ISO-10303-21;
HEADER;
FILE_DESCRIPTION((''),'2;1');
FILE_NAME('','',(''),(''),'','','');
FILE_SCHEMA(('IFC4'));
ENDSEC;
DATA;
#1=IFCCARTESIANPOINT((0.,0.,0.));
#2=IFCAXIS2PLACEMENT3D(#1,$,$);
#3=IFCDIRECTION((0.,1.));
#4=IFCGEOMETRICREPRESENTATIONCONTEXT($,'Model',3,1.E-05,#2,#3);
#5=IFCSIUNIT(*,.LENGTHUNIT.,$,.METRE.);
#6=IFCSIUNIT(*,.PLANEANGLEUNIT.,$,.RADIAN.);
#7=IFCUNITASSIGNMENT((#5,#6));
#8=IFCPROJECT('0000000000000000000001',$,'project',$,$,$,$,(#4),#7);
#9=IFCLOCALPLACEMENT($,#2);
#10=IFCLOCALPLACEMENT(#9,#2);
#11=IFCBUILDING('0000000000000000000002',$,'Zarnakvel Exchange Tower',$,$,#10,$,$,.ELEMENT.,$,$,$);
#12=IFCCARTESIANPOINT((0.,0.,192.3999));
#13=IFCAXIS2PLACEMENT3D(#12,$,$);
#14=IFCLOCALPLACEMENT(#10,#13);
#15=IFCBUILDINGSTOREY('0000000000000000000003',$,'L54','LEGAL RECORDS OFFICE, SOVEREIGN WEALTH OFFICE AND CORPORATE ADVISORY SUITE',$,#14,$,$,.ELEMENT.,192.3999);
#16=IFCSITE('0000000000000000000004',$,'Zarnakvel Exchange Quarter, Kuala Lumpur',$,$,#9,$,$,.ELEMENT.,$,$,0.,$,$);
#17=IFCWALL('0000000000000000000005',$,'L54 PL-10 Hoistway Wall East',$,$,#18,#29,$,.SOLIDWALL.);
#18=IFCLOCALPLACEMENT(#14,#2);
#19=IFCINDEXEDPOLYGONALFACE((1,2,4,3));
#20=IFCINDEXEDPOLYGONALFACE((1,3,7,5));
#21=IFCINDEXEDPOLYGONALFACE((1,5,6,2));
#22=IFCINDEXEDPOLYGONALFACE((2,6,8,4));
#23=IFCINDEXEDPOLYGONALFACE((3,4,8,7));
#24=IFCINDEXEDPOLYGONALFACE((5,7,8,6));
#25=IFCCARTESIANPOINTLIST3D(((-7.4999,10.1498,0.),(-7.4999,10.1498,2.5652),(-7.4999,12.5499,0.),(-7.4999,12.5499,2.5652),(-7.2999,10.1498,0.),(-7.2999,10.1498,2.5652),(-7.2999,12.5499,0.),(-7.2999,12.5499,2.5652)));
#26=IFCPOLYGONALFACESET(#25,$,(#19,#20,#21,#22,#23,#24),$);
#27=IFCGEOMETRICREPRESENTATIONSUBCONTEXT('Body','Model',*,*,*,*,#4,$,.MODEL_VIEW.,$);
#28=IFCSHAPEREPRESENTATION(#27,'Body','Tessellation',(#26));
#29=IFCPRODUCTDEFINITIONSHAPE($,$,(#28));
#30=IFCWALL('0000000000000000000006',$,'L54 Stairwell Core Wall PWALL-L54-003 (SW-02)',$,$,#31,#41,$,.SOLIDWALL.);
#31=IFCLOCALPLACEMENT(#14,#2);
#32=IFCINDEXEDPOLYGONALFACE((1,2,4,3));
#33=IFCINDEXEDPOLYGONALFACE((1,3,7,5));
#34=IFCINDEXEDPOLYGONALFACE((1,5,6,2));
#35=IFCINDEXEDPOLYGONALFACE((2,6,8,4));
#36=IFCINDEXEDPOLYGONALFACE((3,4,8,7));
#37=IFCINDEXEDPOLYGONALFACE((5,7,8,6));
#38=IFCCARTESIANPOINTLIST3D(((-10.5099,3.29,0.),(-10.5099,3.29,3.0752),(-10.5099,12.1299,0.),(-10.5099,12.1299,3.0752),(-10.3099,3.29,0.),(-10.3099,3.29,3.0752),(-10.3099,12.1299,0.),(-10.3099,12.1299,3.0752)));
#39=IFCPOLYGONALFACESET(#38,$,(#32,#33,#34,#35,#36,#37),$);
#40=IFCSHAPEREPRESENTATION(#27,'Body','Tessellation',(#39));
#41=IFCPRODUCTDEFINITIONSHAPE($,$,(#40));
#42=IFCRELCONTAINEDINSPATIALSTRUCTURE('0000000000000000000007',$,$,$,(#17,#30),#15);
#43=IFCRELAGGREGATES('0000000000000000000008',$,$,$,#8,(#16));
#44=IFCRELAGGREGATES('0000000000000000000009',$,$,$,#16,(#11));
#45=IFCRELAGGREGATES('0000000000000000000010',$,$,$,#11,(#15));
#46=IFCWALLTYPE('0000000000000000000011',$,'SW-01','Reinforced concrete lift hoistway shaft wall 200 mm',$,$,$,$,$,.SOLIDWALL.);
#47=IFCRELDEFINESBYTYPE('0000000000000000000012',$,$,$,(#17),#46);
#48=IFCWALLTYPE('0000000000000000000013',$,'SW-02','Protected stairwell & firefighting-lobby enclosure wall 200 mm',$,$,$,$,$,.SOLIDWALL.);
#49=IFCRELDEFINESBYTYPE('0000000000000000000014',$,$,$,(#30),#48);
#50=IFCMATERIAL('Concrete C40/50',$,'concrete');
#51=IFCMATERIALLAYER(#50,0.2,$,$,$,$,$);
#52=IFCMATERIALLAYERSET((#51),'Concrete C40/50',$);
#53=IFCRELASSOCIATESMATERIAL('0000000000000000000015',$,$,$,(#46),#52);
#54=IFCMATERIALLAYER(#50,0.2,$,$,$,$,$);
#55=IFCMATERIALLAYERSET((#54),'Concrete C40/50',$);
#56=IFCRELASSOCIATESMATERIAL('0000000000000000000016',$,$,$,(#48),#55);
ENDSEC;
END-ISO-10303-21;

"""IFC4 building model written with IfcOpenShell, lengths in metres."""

from ifc_helpers import new_model, si_unit, direction, frame, frame_2d, origin, place, context, subcontext, project, spatial, rectangle, extrude, material, layer, layer_set, type_object, element, save


model = new_model("IFC4")

# Units and contexts
model_context = context("Model", 3, precision=1e-05, world=origin(), true_north=direction((0.0, 1.0)))
body_context = subcontext(model_context, "Body", "Model", "MODEL_VIEW")
ifc_project = project(units=[si_unit("LENGTHUNIT", "METRE"), si_unit("PLANEANGLEUNIT", "RADIAN")], contexts=[model_context])

# Site, building, storey
site_placement = place(None, origin())
site = spatial("IfcSite", under=ifc_project, at=site_placement, Name="Zarnakvel Exchange Quarter, Kuala Lumpur", CompositionType="ELEMENT", RefElevation=0.0)
building_placement = place(site_placement, origin())
building = spatial("IfcBuilding", under=site, at=building_placement, Name="Zarnakvel Exchange Tower", CompositionType="ELEMENT")
storey_placement = place(building_placement, frame((0.0, 0.0, 192.3999)))
storey = spatial("IfcBuildingStorey", under=building, at=storey_placement, Name="L54", Description="LEGAL RECORDS OFFICE, SOVEREIGN WEALTH OFFICE AND CORPORATE ADVISORY SUITE", CompositionType="ELEMENT", Elevation=192.3999)

# Walls
ifc_material_1 = material(Name="Concrete C40/50", Category="concrete")
ifc_layer_1 = layer(ifc_material_1, 0.2)
ifc_layer_set_1 = layer_set([ifc_layer_1], Name="Concrete C40/50")
wall_type_1 = type_object("IfcWallType", Name="SW-01", Description="Reinforced concrete lift hoistway shaft wall 200 mm", PredefinedType="SOLIDWALL", material=ifc_layer_set_1)
wall_1_placement = place(storey_placement, frame((-7.3999, 12.55, 0.0), z_axis=(0.0, 0.0, 1.0), x_axis=(0.0, -1.0, 0.0)))
element("IfcWall", 1, at=wall_1_placement, inside=storey, type_object=wall_type_1, Name="L54 PL-10 Hoistway Wall East", PredefinedType="SOLIDWALL", context=body_context, shape_type="SweptSolid", body=[
    extrude(rectangle(XDim=2.4001, YDim=0.2, at=frame_2d((1.2002, 0.0))), origin(), (0.0, 0.0, 1.0), 2.5652),
])
ifc_layer_2 = layer(ifc_material_1, 0.2)
ifc_layer_set_2 = layer_set([ifc_layer_2], Name="Concrete C40/50")
wall_type_2 = type_object("IfcWallType", Name="SW-02", Description="Protected stairwell & firefighting-lobby enclosure wall 200 mm", PredefinedType="SOLIDWALL", material=ifc_layer_set_2)
wall_2_placement = place(storey_placement, frame((-10.4099, 12.1299, 0.0), z_axis=(0.0, 0.0, 1.0), x_axis=(0.0, -1.0, 0.0)))
element("IfcWall", 2, at=wall_2_placement, inside=storey, type_object=wall_type_2, Name="L54 Stairwell Core Wall PWALL-L54-003 (SW-02)", PredefinedType="SOLIDWALL", context=body_context, shape_type="SweptSolid", body=[
    extrude(rectangle(XDim=8.8398, YDim=0.2, at=frame_2d((4.4199, 0.0))), origin(), (0.0, 0.0, 1.0), 3.0752),
])

save(model, "model.ifc")
